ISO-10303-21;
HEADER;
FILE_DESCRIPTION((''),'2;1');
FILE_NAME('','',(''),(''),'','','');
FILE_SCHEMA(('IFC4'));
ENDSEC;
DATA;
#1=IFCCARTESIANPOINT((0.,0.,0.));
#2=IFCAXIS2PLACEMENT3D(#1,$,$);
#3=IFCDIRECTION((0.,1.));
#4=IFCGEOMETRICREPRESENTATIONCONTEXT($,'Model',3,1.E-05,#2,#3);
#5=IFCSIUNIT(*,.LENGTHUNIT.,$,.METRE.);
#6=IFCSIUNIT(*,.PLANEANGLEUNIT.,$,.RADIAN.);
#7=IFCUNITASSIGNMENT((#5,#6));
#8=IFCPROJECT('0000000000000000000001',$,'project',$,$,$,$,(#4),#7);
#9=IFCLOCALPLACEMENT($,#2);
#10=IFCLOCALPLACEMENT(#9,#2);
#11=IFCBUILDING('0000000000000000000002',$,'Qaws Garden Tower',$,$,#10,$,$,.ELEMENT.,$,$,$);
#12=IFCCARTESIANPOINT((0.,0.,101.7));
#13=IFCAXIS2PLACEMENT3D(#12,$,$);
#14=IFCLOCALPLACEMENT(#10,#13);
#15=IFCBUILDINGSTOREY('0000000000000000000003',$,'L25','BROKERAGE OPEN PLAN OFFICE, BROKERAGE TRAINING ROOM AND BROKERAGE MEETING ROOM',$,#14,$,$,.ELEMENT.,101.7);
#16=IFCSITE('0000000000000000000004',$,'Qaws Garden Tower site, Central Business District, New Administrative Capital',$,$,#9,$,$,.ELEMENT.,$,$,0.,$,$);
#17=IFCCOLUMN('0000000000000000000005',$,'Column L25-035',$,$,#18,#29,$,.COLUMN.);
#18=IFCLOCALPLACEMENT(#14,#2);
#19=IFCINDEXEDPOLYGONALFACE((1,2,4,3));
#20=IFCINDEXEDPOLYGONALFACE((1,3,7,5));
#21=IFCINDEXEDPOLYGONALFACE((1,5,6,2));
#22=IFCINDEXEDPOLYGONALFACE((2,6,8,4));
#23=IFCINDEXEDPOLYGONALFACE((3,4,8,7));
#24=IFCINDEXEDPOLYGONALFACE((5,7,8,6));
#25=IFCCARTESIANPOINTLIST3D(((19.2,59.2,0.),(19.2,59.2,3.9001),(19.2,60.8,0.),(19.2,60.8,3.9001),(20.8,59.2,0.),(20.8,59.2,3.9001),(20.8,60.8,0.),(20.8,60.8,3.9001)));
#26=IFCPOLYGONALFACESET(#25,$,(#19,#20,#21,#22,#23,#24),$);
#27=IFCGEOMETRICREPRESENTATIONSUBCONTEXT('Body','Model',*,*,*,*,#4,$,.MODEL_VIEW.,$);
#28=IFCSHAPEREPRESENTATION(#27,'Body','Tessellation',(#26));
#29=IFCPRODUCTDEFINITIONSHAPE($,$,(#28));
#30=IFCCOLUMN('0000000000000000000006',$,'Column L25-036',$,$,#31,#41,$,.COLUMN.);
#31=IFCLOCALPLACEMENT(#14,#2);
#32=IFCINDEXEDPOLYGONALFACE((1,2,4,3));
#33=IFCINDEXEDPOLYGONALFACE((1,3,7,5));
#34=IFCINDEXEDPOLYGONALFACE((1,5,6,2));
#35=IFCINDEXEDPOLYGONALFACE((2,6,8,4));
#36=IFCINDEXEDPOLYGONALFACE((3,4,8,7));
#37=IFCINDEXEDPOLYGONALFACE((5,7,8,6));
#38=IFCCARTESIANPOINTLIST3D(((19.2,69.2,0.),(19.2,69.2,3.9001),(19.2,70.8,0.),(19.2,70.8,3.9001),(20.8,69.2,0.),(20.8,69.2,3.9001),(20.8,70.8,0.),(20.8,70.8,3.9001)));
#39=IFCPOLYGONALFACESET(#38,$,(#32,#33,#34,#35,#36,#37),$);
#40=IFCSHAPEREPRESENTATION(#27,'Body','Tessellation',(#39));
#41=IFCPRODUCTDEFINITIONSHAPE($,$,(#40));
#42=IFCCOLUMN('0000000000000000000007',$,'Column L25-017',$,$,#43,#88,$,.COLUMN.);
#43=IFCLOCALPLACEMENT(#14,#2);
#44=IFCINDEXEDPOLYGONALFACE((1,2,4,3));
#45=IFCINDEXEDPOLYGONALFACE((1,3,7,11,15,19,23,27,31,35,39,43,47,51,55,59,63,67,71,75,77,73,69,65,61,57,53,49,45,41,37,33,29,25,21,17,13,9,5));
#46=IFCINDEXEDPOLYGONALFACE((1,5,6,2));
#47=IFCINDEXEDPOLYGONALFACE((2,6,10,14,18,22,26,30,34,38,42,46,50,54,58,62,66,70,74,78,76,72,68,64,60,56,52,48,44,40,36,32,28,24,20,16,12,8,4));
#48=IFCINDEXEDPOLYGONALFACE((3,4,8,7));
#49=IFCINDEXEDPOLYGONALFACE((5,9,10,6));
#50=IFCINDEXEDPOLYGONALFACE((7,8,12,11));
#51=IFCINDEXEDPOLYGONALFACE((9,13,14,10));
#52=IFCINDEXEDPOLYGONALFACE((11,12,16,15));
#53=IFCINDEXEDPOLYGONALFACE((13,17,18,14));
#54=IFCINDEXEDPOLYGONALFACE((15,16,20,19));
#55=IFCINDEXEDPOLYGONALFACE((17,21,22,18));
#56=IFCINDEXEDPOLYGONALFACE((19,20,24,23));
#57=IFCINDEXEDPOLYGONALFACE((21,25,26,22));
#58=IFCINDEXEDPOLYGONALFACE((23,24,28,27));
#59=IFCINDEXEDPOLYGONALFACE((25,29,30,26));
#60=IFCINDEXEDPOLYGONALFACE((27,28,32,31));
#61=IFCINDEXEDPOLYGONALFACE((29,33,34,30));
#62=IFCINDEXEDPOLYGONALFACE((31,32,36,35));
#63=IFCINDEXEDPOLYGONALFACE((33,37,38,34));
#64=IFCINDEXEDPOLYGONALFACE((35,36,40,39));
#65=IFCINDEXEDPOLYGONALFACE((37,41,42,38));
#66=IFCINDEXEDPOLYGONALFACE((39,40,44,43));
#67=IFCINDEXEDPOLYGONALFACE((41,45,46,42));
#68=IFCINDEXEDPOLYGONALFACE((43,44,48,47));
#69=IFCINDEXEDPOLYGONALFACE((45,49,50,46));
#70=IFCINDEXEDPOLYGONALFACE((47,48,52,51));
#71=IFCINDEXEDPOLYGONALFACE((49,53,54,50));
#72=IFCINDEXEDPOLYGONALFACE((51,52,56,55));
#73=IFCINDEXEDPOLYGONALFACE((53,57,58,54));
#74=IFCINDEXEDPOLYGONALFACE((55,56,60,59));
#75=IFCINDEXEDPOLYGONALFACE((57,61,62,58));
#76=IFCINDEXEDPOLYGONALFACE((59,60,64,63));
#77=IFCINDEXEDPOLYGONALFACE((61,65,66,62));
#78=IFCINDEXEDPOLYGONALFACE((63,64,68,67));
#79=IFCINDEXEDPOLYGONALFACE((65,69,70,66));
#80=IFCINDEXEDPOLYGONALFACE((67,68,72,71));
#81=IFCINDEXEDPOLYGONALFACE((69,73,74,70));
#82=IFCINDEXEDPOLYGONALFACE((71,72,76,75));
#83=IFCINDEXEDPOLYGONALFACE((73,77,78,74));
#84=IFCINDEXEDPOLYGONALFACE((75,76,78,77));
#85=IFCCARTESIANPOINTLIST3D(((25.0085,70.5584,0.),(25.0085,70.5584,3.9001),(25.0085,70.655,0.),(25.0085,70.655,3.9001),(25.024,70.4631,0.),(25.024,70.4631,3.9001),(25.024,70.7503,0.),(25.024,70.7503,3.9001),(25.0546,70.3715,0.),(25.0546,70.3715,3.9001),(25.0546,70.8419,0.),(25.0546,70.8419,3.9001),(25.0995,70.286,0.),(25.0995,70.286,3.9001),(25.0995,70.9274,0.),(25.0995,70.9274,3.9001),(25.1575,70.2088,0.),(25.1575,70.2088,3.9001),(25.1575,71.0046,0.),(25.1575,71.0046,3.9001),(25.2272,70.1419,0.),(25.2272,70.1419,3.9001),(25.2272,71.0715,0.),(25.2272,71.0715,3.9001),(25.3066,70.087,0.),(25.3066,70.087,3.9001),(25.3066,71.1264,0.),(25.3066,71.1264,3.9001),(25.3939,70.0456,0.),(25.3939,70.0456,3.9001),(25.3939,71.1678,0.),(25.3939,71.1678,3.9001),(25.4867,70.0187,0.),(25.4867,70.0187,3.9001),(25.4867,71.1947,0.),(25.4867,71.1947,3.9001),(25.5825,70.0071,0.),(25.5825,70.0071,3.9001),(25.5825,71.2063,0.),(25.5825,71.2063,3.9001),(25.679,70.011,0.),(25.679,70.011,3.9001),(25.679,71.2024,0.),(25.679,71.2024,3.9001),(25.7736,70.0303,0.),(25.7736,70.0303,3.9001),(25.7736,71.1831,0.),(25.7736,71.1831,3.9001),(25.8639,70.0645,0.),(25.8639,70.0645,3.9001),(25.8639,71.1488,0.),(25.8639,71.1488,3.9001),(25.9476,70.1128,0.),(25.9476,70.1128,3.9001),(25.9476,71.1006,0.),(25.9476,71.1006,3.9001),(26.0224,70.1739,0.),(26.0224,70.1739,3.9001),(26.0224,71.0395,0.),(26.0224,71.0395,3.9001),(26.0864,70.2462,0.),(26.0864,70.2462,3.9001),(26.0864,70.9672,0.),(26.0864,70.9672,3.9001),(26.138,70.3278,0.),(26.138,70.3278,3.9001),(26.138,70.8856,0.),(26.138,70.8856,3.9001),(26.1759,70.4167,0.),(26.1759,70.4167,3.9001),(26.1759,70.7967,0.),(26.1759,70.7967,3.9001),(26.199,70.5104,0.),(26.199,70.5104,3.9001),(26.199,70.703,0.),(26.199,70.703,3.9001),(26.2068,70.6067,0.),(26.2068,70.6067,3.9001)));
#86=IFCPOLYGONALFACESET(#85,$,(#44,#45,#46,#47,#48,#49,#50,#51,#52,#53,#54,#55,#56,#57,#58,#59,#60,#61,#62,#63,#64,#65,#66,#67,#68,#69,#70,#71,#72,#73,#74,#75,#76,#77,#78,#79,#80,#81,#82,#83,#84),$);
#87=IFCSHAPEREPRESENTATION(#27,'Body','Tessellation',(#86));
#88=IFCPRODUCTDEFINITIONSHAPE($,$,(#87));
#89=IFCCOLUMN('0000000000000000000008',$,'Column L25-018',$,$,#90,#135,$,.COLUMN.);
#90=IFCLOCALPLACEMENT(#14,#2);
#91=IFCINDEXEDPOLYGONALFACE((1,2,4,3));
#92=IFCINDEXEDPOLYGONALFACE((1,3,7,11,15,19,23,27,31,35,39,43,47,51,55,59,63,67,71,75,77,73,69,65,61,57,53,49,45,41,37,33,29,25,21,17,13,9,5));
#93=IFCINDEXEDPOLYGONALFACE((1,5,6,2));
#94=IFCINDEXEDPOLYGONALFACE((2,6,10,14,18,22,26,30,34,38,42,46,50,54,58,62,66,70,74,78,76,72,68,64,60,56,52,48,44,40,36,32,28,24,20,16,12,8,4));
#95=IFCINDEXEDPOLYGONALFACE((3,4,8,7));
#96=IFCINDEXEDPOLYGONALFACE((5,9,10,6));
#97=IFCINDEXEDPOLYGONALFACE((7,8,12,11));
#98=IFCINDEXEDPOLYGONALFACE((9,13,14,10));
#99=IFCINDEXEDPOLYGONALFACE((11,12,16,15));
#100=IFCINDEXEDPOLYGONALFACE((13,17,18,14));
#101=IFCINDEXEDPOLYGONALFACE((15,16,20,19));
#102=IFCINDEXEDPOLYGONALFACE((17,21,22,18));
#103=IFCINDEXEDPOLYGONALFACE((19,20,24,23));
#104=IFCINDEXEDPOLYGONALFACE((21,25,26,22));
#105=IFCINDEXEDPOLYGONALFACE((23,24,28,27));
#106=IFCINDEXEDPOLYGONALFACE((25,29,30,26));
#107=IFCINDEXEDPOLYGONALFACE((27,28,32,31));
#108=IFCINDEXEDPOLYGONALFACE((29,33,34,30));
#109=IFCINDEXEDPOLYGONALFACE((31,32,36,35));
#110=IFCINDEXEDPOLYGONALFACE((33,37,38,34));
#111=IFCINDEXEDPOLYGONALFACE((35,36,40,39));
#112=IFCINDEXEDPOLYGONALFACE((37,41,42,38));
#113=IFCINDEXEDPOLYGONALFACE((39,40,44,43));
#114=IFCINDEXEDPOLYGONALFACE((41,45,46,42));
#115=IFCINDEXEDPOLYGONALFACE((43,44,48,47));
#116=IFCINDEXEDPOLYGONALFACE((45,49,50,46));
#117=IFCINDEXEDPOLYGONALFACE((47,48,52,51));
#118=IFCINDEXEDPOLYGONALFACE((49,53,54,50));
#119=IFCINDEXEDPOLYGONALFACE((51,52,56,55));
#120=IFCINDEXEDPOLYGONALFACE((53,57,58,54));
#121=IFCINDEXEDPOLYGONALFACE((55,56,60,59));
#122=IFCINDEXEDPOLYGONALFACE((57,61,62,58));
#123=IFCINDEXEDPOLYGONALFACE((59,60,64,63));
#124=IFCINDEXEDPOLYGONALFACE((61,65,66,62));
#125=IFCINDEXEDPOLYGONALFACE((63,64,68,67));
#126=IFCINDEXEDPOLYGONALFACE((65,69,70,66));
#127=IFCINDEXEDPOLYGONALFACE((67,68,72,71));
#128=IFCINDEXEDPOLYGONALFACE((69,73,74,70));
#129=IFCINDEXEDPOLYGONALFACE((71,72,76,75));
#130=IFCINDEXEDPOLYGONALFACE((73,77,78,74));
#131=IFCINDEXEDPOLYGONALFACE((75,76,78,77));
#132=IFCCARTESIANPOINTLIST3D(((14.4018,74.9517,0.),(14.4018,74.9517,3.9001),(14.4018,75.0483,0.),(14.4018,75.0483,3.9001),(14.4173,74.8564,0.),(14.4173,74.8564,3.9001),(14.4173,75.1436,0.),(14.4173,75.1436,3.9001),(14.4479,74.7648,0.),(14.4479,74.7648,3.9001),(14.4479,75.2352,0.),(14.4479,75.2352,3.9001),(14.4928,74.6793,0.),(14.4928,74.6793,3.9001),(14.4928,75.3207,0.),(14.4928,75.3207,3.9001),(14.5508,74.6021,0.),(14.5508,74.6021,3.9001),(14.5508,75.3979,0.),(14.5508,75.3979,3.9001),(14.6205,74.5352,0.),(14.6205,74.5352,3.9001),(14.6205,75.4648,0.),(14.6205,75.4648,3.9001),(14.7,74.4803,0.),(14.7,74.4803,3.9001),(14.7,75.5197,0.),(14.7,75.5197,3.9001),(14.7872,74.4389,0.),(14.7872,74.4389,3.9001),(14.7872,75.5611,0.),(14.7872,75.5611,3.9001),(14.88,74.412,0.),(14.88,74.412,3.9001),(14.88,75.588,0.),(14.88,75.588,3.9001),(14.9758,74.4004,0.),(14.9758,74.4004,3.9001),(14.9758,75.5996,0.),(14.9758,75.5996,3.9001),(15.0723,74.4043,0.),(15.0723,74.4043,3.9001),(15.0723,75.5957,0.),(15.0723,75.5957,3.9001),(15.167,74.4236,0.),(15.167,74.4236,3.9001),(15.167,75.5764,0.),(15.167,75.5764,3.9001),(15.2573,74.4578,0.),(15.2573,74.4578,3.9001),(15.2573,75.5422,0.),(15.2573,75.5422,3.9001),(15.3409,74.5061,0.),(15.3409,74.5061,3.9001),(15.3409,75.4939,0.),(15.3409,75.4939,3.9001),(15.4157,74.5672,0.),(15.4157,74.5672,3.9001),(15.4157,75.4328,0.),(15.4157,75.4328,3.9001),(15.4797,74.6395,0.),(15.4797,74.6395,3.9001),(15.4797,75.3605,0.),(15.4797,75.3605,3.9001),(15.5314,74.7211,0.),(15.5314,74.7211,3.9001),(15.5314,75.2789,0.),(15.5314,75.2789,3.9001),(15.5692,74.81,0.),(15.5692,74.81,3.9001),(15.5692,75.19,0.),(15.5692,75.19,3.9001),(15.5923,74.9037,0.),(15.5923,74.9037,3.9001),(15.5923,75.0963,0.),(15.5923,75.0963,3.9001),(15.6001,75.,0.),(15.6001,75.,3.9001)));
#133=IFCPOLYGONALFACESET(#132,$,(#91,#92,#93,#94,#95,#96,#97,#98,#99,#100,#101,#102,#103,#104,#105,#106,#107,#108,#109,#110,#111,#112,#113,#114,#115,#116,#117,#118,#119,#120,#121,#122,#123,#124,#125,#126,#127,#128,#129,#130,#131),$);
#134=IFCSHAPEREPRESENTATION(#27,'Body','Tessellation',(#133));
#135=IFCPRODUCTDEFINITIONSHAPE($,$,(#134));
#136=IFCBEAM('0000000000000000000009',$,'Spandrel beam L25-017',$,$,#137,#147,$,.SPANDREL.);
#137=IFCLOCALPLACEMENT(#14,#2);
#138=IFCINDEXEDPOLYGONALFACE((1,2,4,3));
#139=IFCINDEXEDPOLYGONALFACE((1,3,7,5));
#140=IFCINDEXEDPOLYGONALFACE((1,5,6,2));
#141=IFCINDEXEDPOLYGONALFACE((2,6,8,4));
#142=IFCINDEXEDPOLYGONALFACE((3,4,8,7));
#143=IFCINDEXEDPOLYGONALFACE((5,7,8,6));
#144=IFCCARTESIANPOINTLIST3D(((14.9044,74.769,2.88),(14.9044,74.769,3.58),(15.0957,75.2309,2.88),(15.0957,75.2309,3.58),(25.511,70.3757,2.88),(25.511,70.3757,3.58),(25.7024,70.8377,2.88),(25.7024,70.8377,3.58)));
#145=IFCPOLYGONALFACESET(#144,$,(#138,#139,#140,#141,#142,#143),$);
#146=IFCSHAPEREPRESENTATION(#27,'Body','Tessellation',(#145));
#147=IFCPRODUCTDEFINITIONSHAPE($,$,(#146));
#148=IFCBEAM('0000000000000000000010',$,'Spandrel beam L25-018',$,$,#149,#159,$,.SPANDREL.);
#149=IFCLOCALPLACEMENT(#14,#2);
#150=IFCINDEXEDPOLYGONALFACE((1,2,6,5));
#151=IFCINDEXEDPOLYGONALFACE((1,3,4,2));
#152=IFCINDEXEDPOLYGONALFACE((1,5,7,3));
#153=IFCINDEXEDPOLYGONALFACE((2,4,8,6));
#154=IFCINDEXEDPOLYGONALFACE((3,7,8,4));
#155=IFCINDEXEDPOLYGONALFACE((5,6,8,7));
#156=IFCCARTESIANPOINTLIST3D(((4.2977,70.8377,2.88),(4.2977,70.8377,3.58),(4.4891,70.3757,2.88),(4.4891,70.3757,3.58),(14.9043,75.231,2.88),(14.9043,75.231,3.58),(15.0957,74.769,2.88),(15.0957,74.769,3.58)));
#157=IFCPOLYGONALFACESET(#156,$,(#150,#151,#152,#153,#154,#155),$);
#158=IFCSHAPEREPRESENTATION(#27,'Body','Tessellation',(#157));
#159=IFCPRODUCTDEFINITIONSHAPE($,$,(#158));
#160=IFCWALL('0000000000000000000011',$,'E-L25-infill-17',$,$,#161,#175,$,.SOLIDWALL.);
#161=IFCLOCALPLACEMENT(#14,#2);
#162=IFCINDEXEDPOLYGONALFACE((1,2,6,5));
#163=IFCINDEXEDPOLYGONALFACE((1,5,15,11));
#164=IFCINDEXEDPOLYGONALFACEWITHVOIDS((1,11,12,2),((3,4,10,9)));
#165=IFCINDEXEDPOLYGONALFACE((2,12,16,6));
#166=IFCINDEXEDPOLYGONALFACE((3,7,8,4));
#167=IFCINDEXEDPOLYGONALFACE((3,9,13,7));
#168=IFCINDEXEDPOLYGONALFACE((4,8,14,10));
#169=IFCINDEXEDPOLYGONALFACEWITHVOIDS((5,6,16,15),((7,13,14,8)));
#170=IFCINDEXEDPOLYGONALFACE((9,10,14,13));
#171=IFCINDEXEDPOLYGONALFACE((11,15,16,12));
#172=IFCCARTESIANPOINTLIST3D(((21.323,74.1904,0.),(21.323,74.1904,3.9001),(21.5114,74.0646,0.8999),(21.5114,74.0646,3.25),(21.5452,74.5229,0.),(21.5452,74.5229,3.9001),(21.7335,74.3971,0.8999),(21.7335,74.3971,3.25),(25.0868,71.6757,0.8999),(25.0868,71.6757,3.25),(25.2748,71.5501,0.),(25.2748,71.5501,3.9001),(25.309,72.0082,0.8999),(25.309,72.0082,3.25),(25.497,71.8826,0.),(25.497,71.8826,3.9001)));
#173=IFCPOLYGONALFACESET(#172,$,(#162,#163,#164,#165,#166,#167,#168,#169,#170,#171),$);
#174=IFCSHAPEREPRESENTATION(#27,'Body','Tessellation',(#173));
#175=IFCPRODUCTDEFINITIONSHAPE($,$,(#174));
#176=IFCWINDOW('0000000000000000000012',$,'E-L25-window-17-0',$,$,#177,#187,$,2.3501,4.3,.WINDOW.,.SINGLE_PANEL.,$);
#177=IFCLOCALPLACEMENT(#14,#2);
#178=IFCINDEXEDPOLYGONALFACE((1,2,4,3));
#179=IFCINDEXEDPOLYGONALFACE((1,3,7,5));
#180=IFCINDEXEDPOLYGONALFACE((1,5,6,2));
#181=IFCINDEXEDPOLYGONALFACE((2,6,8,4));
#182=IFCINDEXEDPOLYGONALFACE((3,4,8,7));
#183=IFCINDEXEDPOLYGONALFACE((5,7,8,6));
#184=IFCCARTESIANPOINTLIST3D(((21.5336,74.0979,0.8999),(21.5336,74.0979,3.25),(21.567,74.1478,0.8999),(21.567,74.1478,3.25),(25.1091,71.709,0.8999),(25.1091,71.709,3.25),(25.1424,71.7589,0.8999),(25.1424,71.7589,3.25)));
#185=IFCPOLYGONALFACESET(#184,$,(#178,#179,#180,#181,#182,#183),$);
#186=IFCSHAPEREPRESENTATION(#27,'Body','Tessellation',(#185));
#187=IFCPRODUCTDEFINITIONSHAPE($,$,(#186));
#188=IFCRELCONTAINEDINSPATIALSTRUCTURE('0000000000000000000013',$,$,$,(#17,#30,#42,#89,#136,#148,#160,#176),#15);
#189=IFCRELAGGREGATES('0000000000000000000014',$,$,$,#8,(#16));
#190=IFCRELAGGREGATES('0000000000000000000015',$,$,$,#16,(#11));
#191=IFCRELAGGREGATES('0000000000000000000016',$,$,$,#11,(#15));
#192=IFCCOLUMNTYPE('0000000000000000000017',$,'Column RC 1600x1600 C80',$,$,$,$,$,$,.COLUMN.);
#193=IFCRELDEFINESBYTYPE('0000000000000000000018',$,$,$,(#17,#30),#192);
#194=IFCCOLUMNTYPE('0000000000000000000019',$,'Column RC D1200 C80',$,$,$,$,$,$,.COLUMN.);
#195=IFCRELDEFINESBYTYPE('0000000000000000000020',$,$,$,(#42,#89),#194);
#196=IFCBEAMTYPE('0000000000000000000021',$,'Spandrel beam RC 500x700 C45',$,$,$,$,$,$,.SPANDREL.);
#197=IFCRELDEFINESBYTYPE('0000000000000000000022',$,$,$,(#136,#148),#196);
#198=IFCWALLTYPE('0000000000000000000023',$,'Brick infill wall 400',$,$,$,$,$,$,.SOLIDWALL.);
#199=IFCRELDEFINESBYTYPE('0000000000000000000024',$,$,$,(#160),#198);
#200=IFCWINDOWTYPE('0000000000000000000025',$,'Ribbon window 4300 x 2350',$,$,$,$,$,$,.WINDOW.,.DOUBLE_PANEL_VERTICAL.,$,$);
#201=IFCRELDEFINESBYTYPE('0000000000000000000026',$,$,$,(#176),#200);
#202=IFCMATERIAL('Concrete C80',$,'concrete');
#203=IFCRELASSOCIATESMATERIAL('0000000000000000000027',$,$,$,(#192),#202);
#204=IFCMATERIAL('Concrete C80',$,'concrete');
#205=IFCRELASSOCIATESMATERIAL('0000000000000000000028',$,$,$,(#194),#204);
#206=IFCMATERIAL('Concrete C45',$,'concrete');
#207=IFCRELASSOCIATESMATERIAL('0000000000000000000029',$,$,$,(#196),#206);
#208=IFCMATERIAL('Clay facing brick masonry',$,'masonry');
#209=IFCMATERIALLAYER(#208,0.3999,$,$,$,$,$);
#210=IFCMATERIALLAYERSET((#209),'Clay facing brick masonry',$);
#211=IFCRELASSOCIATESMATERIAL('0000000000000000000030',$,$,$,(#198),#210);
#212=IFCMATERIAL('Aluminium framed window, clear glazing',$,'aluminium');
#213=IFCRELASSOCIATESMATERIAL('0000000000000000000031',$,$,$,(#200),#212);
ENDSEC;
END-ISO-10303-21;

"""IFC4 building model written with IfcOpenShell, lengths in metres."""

from ifc_helpers import new_model, si_unit, direction, frame, frame_2d, origin, origin_2d, place, context, subcontext, project, spatial, rectangle, circle, extrude, material, layer, layer_set, material_profile, profile_set, type_object, element, fill, save


model = new_model("IFC4")

# Units and contexts
model_context = context("Model", 3, precision=1e-05, world=origin(), true_north=direction((0.0, 1.0)))
body_context = subcontext(model_context, "Body", "Model", "MODEL_VIEW")
ifc_project = project(units=[si_unit("LENGTHUNIT", "METRE"), si_unit("PLANEANGLEUNIT", "RADIAN")], contexts=[model_context])

# Site, building, storey
site_placement = place(None, origin())
site = spatial("IfcSite", under=ifc_project, at=site_placement, Name="Qaws Garden Tower site, Central Business District, New Administrative Capital", CompositionType="ELEMENT", RefElevation=0.0)
building_placement = place(site_placement, origin())
building = spatial("IfcBuilding", under=site, at=building_placement, Name="Qaws Garden Tower", CompositionType="ELEMENT")
storey_placement = place(building_placement, frame((0.0, 0.0, 101.7)))
storey = spatial("IfcBuildingStorey", under=building, at=storey_placement, Name="L25", Description="BROKERAGE OPEN PLAN OFFICE, BROKERAGE TRAINING ROOM AND BROKERAGE MEETING ROOM", CompositionType="ELEMENT", Elevation=101.7)

# Columns
ifc_material_1 = material(Name="Concrete C80", Category="concrete")
ifc_material_profile_1 = material_profile(ifc_material_1, rectangle(XDim=1.6001, YDim=1.6001, at=origin_2d()), Name="RC 1600x1600")
ifc_profile_set_1 = profile_set([ifc_material_profile_1], Name="Concrete C80")
column_type_1 = type_object("IfcColumnType", Name="Column RC 1600x1600 C80", PredefinedType="COLUMN", material=ifc_profile_set_1)
for number, where, z_axis, x_axis, name in (
    (1, (20.0, 60.0, 0.0), (0.0, 0.0, 1.0), (1.0, 0.0, 0.0), "Column L25-035"),
    (2, (20.0, 70.0, 0.0), (0.0, 0.0, 1.0), (1.0, 0.0, 0.0), "Column L25-036"),
):
    element("IfcColumn", number, at=place(storey_placement, frame(where, z_axis=z_axis, x_axis=x_axis)), inside=storey, type_object=column_type_1, Name=name, PredefinedType="COLUMN", context=body_context, shape_type="SweptSolid", body=[
        extrude(rectangle(XDim=1.6001, YDim=1.6001, at=origin_2d()), origin(), (0.0, 0.0, 1.0), 3.9001),
    ])
ifc_material_2 = material(Name="Concrete C80", Category="concrete")
ifc_material_profile_2 = material_profile(ifc_material_2, circle(Radius=0.6001, at=origin_2d()), Name="RC D1200")
ifc_profile_set_2 = profile_set([ifc_material_profile_2], Name="Concrete C80")
column_type_2 = type_object("IfcColumnType", Name="Column RC D1200 C80", PredefinedType="COLUMN", material=ifc_profile_set_2)
for number, where, z_axis, x_axis, name in (
    (3, (25.6067, 70.6067, 0.0), (0.0, 0.0, 1.0), (1.0, 0.0, 0.0), "Column L25-017"),
    (4, (15.0, 75.0, 0.0), (0.0, 0.0, 1.0), (1.0, 0.0, 0.0), "Column L25-018"),
):
    element("IfcColumn", number, at=place(storey_placement, frame(where, z_axis=z_axis, x_axis=x_axis)), inside=storey, type_object=column_type_2, Name=name, PredefinedType="COLUMN", context=body_context, shape_type="SweptSolid", body=[
        extrude(circle(Radius=0.6001, at=origin_2d()), origin(), (0.0, 0.0, 1.0), 3.9001),
    ])

# Beams
ifc_material_3 = material(Name="Concrete C45", Category="concrete")
ifc_material_profile_3 = material_profile(ifc_material_3, rectangle(XDim=0.5, YDim=0.7, at=origin_2d()), Name="RC 500x700")
ifc_profile_set_3 = profile_set([ifc_material_profile_3], Name="Concrete C45")
beam_type = type_object("IfcBeamType", Name="Spandrel beam RC 500x700 C45", PredefinedType="SPANDREL", material=ifc_profile_set_3)
for number, where, z_axis, x_axis, name in (
    (5, (25.6067, 70.6067, 3.23), (-0.923883, 0.382674, 0.0), (-0.382674, -0.923883, 0.0), "Spandrel beam L25-017"),
    (6, (15.0, 75.0, 3.23), (-0.923883, -0.382674, 0.0), (0.382674, -0.923883, 0.0), "Spandrel beam L25-018"),
):
    element("IfcBeam", number, at=place(storey_placement, frame(where, z_axis=z_axis, x_axis=x_axis)), inside=storey, type_object=beam_type, Name=name, PredefinedType="SPANDREL", context=body_context, shape_type="SweptSolid", body=[
        extrude(rectangle(XDim=0.5, YDim=0.7, at=origin_2d()), origin(), (0.0, 0.0, 1.0), 11.4805),
    ])

# Wall, opening, window
ifc_material_4 = material(Name="Clay facing brick masonry", Category="masonry")
ifc_layer_1 = layer(ifc_material_4, 0.3999)
ifc_layer_set_1 = layer_set([ifc_layer_1], Name="Clay facing brick masonry")
wall_type_1 = type_object("IfcWallType", Name="Brick infill wall 400", PredefinedType="SOLIDWALL", material=ifc_layer_set_1)
wall_1_placement = place(storey_placement, frame((25.386, 71.7163, 0.0), z_axis=(0.0, 0.0, 1.0), x_axis=(-0.831489, 0.555542, 0.0)))
wall_1 = element("IfcWall", 7, at=wall_1_placement, inside=storey, type_object=wall_type_1, Name="E-L25-infill-17", PredefinedType="SOLIDWALL", context=body_context, shape_type="SweptSolid", body=[
    extrude(rectangle(XDim=4.7527, YDim=0.3999, at=frame_2d((2.3765, 0.0))), origin(), (0.0, 0.0, 1.0), 3.9001),
])
opening_1_placement = place(wall_1_placement, frame((0.2263, 0.0, 0.8999)))
opening_1 = element("IfcOpeningElement", 8, at=opening_1_placement, cuts=wall_1, PredefinedType="OPENING", context=body_context, shape_type="SweptSolid", body=[
    extrude(rectangle(XDim=4.3, YDim=2.3501, at=frame_2d((2.1499, 1.175))), frame((0.0, 0.21, 0.0), z_axis=(0.0, -1.0, 0.0), x_axis=(1.0, 0.0, 0.0)), (0.0, 0.0, 1.0), 0.4199),
])
ifc_material_5 = material(Name="Aluminium framed window, clear glazing", Category="aluminium")
window_type = type_object("IfcWindowType", Name="Ribbon window 4300 x 2350", PartitioningType="DOUBLE_PANEL_VERTICAL", PredefinedType="WINDOW", material=ifc_material_5)
window_1_placement = place(opening_1_placement, origin())
window_1 = element("IfcWindow", 9, at=window_1_placement, inside=storey, type_object=window_type, Name="E-L25-window-17-0", OverallHeight=2.3501, OverallWidth=4.3, PartitioningType="SINGLE_PANEL", PredefinedType="WINDOW", context=body_context, shape_type="SweptSolid", body=[
    extrude(rectangle(XDim=4.3, YDim=2.3501, at=frame_2d((2.1499, 1.175))), frame((0.0, 0.1599, 0.0), z_axis=(0.0, -1.0, 0.0), x_axis=(1.0, 0.0, 0.0)), (0.0, 0.0, 1.0), 0.0601),
])
fill(opening_1, window_1)

save(model, "model.ifc")
